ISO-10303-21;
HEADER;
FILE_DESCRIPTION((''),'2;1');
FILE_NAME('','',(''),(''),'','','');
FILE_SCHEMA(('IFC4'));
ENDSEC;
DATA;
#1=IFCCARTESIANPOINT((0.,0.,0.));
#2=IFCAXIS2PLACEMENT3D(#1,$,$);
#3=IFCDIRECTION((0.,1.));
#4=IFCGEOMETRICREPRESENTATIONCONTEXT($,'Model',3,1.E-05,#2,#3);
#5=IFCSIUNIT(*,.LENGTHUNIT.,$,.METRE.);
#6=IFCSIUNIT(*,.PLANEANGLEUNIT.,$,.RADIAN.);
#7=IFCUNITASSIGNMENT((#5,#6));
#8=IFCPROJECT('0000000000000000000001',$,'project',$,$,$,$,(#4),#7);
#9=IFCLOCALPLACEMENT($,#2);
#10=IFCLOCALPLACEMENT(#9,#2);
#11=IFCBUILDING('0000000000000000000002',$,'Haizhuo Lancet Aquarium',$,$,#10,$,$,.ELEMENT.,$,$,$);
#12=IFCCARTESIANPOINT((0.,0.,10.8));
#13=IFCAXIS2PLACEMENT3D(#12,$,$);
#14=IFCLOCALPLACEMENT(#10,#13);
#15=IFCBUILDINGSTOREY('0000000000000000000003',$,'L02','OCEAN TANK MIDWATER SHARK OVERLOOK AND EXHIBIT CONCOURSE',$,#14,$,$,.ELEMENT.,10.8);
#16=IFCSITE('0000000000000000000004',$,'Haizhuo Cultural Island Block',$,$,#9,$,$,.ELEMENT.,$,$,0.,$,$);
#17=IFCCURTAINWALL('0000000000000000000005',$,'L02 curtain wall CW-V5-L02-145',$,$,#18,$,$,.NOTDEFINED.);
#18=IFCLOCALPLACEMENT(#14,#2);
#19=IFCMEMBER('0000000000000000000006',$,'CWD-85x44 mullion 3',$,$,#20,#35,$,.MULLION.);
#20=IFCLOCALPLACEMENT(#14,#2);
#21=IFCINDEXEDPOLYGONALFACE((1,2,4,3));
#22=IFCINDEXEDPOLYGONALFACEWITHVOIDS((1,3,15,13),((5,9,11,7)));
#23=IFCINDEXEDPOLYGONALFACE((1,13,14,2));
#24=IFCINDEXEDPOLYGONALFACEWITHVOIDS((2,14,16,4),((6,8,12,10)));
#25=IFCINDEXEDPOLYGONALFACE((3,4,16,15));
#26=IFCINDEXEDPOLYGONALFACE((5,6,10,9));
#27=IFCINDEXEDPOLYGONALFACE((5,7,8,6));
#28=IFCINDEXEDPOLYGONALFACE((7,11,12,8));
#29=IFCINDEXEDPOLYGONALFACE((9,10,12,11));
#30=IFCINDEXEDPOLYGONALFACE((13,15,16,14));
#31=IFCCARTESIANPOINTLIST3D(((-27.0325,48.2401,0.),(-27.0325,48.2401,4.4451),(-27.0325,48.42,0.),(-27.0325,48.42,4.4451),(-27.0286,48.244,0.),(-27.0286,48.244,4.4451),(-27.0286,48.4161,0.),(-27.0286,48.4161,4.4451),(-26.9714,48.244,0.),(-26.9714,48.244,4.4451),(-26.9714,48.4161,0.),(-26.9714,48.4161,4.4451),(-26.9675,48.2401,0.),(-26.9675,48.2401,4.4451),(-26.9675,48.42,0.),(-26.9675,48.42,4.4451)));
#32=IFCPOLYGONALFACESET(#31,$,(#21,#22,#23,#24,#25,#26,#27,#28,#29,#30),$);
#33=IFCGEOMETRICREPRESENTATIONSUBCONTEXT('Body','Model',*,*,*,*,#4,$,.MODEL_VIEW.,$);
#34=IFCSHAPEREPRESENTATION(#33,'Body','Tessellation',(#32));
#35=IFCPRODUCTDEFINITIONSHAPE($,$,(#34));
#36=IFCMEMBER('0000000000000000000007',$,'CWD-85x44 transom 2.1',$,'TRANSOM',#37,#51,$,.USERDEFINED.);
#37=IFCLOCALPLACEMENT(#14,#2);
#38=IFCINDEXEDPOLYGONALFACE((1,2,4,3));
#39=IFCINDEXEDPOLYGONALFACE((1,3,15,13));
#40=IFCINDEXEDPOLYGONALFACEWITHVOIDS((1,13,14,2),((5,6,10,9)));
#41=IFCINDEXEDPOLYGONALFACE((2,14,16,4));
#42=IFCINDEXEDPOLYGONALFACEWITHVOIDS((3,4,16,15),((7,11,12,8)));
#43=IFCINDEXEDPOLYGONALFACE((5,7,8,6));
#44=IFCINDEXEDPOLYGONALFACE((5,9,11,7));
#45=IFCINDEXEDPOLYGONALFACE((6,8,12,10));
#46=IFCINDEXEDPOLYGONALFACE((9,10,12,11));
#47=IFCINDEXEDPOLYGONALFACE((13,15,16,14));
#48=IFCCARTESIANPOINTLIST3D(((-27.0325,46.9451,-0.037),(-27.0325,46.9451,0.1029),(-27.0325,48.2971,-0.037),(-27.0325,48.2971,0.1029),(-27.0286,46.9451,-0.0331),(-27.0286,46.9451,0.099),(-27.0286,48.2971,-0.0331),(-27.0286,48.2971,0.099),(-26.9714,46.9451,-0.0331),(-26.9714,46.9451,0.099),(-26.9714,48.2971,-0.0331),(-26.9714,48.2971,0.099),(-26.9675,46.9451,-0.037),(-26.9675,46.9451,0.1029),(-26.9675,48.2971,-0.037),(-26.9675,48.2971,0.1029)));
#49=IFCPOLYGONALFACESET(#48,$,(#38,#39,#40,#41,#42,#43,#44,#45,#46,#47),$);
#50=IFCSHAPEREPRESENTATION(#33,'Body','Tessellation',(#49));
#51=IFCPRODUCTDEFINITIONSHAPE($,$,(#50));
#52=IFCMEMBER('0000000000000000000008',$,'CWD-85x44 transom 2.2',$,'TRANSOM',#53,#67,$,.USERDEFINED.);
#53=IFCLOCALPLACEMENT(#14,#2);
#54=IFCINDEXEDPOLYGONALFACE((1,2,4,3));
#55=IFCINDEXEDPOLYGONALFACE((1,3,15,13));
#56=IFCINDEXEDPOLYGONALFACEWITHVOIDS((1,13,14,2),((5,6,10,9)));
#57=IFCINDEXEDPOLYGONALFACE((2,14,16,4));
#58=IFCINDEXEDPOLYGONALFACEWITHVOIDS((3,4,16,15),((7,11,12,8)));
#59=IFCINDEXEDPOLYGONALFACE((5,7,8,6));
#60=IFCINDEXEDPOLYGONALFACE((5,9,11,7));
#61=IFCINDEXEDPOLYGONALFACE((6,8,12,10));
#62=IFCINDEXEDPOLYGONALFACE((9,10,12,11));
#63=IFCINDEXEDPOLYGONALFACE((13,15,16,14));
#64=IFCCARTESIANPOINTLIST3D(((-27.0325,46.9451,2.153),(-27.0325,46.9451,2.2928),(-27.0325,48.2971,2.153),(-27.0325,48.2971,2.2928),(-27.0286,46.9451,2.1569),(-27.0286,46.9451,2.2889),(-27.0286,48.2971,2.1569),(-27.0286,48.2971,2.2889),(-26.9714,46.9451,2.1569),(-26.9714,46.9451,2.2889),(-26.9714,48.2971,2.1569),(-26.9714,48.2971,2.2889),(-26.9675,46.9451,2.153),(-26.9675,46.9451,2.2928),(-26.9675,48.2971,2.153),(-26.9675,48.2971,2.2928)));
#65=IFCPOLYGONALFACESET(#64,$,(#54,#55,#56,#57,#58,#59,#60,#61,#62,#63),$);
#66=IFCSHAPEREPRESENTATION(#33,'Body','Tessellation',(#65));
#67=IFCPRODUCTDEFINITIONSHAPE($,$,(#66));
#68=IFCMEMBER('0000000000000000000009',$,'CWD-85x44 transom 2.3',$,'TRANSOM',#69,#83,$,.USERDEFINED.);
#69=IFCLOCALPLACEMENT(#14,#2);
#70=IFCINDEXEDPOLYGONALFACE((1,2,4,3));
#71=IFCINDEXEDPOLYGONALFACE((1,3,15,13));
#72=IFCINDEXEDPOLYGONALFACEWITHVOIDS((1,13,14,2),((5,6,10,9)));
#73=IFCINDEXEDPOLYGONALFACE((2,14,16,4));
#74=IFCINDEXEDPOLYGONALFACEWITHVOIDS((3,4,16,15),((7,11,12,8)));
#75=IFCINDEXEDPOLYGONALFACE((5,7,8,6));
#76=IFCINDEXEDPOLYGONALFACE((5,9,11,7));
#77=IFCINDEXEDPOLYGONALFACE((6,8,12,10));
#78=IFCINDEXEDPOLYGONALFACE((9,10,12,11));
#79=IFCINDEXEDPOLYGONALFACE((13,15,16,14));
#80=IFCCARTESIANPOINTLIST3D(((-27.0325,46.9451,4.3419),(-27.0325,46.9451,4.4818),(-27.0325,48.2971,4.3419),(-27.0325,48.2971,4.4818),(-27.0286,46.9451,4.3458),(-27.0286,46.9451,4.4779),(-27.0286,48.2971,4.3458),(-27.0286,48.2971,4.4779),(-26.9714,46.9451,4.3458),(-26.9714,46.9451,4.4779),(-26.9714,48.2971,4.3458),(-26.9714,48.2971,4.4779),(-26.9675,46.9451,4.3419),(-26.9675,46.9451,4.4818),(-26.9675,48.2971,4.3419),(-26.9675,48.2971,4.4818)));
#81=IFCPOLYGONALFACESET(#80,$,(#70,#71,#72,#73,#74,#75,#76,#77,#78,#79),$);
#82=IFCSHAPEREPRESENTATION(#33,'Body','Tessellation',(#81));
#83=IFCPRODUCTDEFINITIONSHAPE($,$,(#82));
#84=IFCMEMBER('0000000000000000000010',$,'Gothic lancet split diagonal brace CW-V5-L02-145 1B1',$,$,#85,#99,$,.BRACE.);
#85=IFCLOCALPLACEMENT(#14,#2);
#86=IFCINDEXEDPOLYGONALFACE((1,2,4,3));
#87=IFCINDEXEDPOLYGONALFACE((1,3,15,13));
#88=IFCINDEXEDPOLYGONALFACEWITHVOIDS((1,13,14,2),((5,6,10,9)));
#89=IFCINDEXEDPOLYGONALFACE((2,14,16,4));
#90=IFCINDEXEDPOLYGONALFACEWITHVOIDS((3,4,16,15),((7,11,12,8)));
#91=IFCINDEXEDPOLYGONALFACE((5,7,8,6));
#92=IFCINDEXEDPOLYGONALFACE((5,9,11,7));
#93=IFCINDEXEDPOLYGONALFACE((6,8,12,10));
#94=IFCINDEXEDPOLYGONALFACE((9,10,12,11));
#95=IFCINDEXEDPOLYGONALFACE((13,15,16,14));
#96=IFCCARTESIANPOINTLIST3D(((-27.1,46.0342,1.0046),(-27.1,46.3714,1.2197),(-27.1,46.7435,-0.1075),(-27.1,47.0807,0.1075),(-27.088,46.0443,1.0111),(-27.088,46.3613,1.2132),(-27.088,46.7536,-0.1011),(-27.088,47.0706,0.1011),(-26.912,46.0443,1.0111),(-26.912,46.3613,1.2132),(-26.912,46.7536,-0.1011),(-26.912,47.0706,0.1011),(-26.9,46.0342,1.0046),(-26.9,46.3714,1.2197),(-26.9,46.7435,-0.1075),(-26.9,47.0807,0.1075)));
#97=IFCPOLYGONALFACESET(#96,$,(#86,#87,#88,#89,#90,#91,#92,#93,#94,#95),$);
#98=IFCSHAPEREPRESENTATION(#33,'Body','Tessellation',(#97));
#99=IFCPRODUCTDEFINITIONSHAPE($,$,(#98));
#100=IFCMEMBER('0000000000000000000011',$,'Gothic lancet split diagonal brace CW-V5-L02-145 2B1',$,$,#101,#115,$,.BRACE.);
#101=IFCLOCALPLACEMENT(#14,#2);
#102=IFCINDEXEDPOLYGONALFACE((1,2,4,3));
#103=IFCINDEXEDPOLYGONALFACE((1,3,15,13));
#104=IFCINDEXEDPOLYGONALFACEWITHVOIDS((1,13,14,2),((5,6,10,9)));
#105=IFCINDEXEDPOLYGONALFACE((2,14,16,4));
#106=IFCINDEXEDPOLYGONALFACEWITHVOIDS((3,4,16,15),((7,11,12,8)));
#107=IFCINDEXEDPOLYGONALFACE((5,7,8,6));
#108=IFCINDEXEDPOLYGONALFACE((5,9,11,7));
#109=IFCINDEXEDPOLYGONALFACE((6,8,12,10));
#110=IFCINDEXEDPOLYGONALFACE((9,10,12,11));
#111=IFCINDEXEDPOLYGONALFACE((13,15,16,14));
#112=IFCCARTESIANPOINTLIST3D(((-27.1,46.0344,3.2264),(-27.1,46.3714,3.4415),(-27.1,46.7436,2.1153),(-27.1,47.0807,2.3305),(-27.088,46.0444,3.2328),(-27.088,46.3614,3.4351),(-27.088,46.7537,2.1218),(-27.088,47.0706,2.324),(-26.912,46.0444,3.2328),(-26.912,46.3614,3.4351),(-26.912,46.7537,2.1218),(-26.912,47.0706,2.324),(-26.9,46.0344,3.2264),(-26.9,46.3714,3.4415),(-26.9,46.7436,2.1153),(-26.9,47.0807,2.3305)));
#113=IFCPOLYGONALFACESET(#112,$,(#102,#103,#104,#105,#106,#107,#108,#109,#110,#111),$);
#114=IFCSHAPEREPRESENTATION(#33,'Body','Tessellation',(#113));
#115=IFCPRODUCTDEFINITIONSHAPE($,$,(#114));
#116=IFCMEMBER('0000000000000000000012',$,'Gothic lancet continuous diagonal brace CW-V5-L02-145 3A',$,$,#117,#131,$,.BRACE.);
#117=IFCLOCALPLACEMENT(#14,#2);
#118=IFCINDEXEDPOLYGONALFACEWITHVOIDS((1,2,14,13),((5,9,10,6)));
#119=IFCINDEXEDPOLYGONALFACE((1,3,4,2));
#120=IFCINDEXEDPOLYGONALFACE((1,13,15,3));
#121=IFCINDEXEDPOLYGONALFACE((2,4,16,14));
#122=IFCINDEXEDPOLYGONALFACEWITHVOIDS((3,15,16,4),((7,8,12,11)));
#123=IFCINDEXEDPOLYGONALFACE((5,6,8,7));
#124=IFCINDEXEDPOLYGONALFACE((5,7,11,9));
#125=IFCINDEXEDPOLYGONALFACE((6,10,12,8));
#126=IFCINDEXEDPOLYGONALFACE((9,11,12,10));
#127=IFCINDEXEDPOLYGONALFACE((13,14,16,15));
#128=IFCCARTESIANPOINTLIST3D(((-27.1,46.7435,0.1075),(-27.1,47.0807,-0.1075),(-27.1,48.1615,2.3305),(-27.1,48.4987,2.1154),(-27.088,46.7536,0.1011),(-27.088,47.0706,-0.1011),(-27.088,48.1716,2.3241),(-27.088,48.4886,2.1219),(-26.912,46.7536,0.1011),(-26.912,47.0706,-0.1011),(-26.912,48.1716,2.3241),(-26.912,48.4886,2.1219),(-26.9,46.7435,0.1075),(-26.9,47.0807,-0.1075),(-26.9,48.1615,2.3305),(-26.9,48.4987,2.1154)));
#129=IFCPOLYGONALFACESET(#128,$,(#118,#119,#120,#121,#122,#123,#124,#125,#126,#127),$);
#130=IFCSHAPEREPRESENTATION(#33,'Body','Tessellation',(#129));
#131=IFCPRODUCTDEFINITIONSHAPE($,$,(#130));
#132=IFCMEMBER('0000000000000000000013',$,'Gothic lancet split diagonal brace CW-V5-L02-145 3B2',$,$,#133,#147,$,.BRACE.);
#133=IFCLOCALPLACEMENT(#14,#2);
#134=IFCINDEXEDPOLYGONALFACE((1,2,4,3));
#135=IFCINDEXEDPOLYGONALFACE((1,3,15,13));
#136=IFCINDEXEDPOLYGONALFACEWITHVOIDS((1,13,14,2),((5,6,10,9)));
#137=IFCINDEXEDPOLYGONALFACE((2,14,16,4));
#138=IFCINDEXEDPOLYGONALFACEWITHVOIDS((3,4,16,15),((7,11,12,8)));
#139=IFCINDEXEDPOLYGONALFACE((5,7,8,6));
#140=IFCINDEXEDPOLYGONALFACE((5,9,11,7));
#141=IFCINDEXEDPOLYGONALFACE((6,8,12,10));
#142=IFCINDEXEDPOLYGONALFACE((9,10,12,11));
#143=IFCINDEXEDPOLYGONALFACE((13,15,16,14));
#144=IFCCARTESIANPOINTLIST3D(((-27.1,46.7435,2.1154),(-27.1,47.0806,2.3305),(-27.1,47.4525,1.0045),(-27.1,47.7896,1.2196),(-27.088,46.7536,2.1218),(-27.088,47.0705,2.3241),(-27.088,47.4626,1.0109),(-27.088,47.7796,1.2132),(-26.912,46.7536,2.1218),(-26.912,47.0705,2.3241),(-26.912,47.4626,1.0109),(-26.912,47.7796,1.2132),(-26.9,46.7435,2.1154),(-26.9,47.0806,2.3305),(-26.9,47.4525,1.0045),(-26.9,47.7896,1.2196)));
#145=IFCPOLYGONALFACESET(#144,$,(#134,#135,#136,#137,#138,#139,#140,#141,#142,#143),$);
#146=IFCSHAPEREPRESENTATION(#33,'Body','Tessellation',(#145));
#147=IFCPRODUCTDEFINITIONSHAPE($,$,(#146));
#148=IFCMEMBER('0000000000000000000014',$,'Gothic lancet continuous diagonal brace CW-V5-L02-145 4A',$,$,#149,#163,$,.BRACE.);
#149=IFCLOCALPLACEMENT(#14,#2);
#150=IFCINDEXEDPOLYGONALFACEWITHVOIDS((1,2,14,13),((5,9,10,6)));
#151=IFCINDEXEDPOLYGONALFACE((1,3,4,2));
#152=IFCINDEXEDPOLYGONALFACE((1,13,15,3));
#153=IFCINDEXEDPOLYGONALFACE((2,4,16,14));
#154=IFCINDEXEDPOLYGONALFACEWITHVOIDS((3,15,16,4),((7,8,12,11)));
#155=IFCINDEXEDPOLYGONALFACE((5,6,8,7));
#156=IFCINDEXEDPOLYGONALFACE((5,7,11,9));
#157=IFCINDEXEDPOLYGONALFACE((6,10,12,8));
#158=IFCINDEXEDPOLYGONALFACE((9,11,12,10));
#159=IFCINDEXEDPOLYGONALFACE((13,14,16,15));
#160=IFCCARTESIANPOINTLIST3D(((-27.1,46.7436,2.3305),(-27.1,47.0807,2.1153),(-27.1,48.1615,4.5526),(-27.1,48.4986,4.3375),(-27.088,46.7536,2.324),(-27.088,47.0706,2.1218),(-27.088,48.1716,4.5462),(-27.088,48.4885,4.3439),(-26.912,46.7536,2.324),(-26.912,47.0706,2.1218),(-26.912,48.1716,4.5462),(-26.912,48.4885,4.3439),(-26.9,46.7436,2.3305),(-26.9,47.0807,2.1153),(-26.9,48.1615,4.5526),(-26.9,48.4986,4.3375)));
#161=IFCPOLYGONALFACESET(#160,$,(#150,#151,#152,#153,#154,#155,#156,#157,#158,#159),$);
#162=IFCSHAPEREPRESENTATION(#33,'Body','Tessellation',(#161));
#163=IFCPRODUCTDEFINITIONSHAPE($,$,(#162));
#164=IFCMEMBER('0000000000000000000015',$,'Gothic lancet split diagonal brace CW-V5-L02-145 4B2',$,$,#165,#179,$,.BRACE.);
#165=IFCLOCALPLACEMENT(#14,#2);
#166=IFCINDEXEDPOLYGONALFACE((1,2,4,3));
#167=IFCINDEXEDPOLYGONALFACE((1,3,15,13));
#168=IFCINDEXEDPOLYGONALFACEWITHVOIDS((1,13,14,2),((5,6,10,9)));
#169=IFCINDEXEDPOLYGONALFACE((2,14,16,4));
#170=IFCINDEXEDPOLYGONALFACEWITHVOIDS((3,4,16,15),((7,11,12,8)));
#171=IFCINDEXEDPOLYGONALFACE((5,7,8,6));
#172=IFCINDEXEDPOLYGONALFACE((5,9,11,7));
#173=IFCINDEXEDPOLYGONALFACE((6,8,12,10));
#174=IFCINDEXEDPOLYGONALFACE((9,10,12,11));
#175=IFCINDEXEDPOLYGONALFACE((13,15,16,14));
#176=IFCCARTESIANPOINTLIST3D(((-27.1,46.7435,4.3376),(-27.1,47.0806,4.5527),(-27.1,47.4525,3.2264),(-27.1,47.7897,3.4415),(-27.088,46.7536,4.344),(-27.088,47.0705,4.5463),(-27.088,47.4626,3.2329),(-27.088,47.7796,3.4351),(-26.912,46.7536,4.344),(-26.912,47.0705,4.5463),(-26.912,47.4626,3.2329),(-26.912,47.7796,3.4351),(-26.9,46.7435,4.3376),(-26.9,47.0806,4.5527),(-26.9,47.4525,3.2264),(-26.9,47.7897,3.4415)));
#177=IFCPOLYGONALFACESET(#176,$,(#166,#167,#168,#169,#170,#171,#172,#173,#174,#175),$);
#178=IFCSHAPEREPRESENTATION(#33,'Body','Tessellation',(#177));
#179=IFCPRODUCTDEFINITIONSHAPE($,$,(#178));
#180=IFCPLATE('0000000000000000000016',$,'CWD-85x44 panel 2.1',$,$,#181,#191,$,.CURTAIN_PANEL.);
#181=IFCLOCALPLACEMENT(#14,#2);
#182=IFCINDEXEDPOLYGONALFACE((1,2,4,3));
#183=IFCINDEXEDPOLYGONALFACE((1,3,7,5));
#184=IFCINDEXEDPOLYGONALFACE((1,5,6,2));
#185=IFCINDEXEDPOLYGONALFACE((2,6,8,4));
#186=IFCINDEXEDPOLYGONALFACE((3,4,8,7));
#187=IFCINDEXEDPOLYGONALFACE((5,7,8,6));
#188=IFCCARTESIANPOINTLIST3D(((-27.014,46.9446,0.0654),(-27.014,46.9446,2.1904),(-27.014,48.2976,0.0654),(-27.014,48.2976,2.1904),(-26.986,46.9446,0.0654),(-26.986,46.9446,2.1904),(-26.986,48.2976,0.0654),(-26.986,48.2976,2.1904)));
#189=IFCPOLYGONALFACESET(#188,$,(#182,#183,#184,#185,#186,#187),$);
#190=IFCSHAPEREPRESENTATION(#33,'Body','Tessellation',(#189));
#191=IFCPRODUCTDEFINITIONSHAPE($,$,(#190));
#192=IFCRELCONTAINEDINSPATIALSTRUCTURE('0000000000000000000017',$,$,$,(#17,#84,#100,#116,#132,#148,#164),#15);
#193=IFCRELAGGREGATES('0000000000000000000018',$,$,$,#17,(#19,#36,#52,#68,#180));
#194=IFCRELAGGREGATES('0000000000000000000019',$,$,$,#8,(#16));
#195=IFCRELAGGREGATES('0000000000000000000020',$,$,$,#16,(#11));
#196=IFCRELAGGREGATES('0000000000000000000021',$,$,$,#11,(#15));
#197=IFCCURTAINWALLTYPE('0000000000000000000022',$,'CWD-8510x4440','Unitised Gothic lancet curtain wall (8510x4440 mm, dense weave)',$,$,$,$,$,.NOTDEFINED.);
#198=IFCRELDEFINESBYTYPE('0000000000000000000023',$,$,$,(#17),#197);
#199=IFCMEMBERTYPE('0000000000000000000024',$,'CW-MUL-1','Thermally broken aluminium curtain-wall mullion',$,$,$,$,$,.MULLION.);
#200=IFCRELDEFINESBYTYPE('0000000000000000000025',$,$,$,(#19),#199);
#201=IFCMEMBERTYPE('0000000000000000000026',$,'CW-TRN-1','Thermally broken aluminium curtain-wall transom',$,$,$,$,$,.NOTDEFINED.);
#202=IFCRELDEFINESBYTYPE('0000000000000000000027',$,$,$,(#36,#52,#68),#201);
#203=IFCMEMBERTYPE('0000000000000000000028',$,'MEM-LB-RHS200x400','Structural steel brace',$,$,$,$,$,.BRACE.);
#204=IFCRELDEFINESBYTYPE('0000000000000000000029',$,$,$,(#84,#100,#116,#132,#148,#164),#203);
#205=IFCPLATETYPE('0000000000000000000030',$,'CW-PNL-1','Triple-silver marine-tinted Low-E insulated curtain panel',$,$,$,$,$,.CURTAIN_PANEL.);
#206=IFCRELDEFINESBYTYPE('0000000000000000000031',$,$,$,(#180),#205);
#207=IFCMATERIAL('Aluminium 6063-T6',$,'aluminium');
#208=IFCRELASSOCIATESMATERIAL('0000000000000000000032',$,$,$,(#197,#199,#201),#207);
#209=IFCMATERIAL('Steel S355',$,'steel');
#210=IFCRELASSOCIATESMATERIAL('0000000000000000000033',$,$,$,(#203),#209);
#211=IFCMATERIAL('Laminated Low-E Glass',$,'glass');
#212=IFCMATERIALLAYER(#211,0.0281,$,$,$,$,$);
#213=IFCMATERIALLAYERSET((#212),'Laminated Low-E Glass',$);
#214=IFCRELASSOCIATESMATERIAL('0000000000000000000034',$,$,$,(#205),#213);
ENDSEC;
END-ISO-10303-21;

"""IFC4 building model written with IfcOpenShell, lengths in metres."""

from ifc_helpers import new_model, si_unit, direction, frame, origin, origin_2d, place, context, subcontext, project, spatial, rectangle, hollow_rectangle, extrude, material, layer, layer_set, material_profile, profile_set, type_object, element, aggregate, save


model = new_model("IFC4")

# Units and contexts
model_context = context("Model", 3, precision=1e-05, world=origin(), true_north=direction((0.0, 1.0)))
body_context = subcontext(model_context, "Body", "Model", "MODEL_VIEW")
ifc_project = project(units=[si_unit("LENGTHUNIT", "METRE"), si_unit("PLANEANGLEUNIT", "RADIAN")], contexts=[model_context])

# Site, building, storey
site_placement = place(None, origin())
site = spatial("IfcSite", under=ifc_project, at=site_placement, Name="Haizhuo Cultural Island Block", CompositionType="ELEMENT", RefElevation=0.0)
building_placement = place(site_placement, origin())
building = spatial("IfcBuilding", under=site, at=building_placement, Name="Haizhuo Lancet Aquarium", CompositionType="ELEMENT")
storey_placement = place(building_placement, frame((0.0, 0.0, 10.8)))
storey = spatial("IfcBuildingStorey", under=building, at=storey_placement, Name="L02", Description="OCEAN TANK MIDWATER SHARK OVERLOOK AND EXHIBIT CONCOURSE", CompositionType="ELEMENT", Elevation=10.8)

# Curtain wall, members
ifc_material_1 = material(Name="Aluminium 6063-T6", Category="aluminium")
curtain_wall_type = type_object("IfcCurtainWallType", Name="CWD-8510x4440", Description="Unitised Gothic lancet curtain wall (8510x4440 mm, dense weave)", PredefinedType="NOTDEFINED", material=ifc_material_1)
curtain_wall_placement = place(storey_placement, origin())
curtain_wall = element("IfcCurtainWall", 1, at=curtain_wall_placement, inside=storey, type_object=curtain_wall_type, Name="L02 curtain wall CW-V5-L02-145", PredefinedType="NOTDEFINED")
ifc_material_profile_1 = material_profile(ifc_material_1, hollow_rectangle(XDim=0.0649, YDim=0.1799, WallThickness=0.0039, at=origin_2d()), Name="ALU-M 65x180x4")
ifc_profile_set_1 = profile_set([ifc_material_profile_1], Name="Aluminium 6063-T6")
member_type_1 = type_object("IfcMemberType", Name="CW-MUL-1", Description="Thermally broken aluminium curtain-wall mullion", PredefinedType="MULLION", material=ifc_profile_set_1)
member_1_placement = place(storey_placement, frame((-27.0, 48.3301, 0.0), z_axis=(0.0, 0.0, 1.0), x_axis=(-1.0, 0.0, 0.0)))
member_1 = element("IfcMember", 2, at=member_1_placement, type_object=member_type_1, Name="CWD-85x44 mullion 3", PredefinedType="MULLION", context=body_context, shape_type="SweptSolid", body=[
    extrude(hollow_rectangle(XDim=0.0649, YDim=0.1799, WallThickness=0.0039, at=origin_2d()), origin(), (0.0, 0.0, 1.0), 4.4451),
])
ifc_material_profile_2 = material_profile(ifc_material_1, hollow_rectangle(XDim=0.0649, YDim=0.1399, WallThickness=0.0039, at=origin_2d()), Name="ALU-T 65x140x4")
ifc_profile_set_2 = profile_set([ifc_material_profile_2], Name="Aluminium 6063-T6")
member_type_2 = type_object("IfcMemberType", Name="CW-TRN-1", Description="Thermally broken aluminium curtain-wall transom", PredefinedType="NOTDEFINED", material=ifc_profile_set_2)
member_2_placement = place(storey_placement, frame((-27.0, 46.9451, 0.033), z_axis=(0.0, 1.0, 0.0), x_axis=(-1.0, 0.0, 0.0)))
member_2 = element("IfcMember", 3, at=member_2_placement, type_object=member_type_2, Name="CWD-85x44 transom 2.1", ObjectType="TRANSOM", PredefinedType="USERDEFINED", context=body_context, shape_type="SweptSolid", body=[
    extrude(hollow_rectangle(XDim=0.0649, YDim=0.1399, WallThickness=0.0039, at=origin_2d()), origin(), (0.0, 0.0, 1.0), 1.3521),
])
member_3_placement = place(storey_placement, frame((-27.0, 46.9451, 2.2229), z_axis=(0.0, 1.0, 0.0), x_axis=(-1.0, 0.0, 0.0)))
member_3 = element("IfcMember", 4, at=member_3_placement, type_object=member_type_2, Name="CWD-85x44 transom 2.2", ObjectType="TRANSOM", PredefinedType="USERDEFINED", context=body_context, shape_type="SweptSolid", body=[
    extrude(hollow_rectangle(XDim=0.0649, YDim=0.1399, WallThickness=0.0039, at=origin_2d()), origin(), (0.0, 0.0, 1.0), 1.3521),
])
member_4_placement = place(storey_placement, frame((-27.0, 46.9451, 4.4119), z_axis=(0.0, 1.0, 0.0), x_axis=(-1.0, 0.0, 0.0)))
member_4 = element("IfcMember", 5, at=member_4_placement, type_object=member_type_2, Name="CWD-85x44 transom 2.3", ObjectType="TRANSOM", PredefinedType="USERDEFINED", context=body_context, shape_type="SweptSolid", body=[
    extrude(hollow_rectangle(XDim=0.0649, YDim=0.1399, WallThickness=0.0039, at=origin_2d()), origin(), (0.0, 0.0, 1.0), 1.3521),
])

# Members
ifc_material_2 = material(Name="Steel S355", Category="steel")
ifc_material_profile_3 = material_profile(ifc_material_2, hollow_rectangle(XDim=0.2, YDim=0.3999, WallThickness=0.012, at=origin_2d()), Name="RHS 200x400x12")
ifc_profile_set_3 = profile_set([ifc_material_profile_3], Name="Steel S355")
member_type_3 = type_object("IfcMemberType", Name="MEM-LB-RHS200x400", Description="Structural steel brace", PredefinedType="BRACE", material=ifc_profile_set_3)
member_5_placement = place(storey_placement, frame((-27.0, 46.9121, 0.0), z_axis=(0.0, -0.537714, 0.843128), x_axis=(1.0, 0.0, 0.0)))
element("IfcMember", 6, at=member_5_placement, inside=storey, type_object=member_type_3, Name="Gothic lancet split diagonal brace CW-V5-L02-145 1B1", PredefinedType="BRACE", context=body_context, shape_type="SweptSolid", body=[
    extrude(hollow_rectangle(XDim=0.2, YDim=0.3999, WallThickness=0.012, at=origin_2d()), origin(), (0.0, 0.0, 1.0), 1.3191),
])
member_6_placement = place(storey_placement, frame((-27.0, 46.9121, 2.2229), z_axis=(0.0, -0.538049, 0.842913), x_axis=(1.0, 0.0, 0.0)))
element("IfcMember", 7, at=member_6_placement, inside=storey, type_object=member_type_3, Name="Gothic lancet split diagonal brace CW-V5-L02-145 2B1", PredefinedType="BRACE", context=body_context, shape_type="SweptSolid", body=[
    extrude(hollow_rectangle(XDim=0.2, YDim=0.3999, WallThickness=0.012, at=origin_2d()), origin(), (0.0, 0.0, 1.0), 1.3181),
])
member_7_placement = place(storey_placement, frame((-27.0, 46.9121, 0.0), z_axis=(0.0, 0.537792, 0.843078), x_axis=(-1.0, 0.0, 0.0)))
element("IfcMember", 8, at=member_7_placement, inside=storey, type_object=member_type_3, Name="Gothic lancet continuous diagonal brace CW-V5-L02-145 3A", PredefinedType="BRACE", context=body_context, shape_type="SweptSolid", body=[
    extrude(hollow_rectangle(XDim=0.2, YDim=0.3999, WallThickness=0.012, at=origin_2d()), origin(), (0.0, 0.0, 1.0), 2.6367),
])
member_8_placement = place(storey_placement, frame((-27.0, 47.6211, 1.1121), z_axis=(0.0, -0.538002, 0.842944), x_axis=(1.0, 0.0, 0.0)))
element("IfcMember", 9, at=member_8_placement, inside=storey, type_object=member_type_3, Name="Gothic lancet split diagonal brace CW-V5-L02-145 3B2", PredefinedType="BRACE", context=body_context, shape_type="SweptSolid", body=[
    extrude(hollow_rectangle(XDim=0.2, YDim=0.3999, WallThickness=0.012, at=origin_2d()), origin(), (0.0, 0.0, 1.0), 1.3179),
])
member_9_placement = place(storey_placement, frame((-27.0, 46.9121, 2.2229), z_axis=(0.0, 0.537918, 0.842997), x_axis=(-1.0, 0.0, 0.0)))
element("IfcMember", 10, at=member_9_placement, inside=storey, type_object=member_type_3, Name="Gothic lancet continuous diagonal brace CW-V5-L02-145 4A", PredefinedType="BRACE", context=body_context, shape_type="SweptSolid", body=[
    extrude(hollow_rectangle(XDim=0.2, YDim=0.3999, WallThickness=0.012, at=origin_2d()), origin(), (0.0, 0.0, 1.0), 2.636),
])
member_10_placement = place(storey_placement, frame((-27.0, 47.6211, 3.334), z_axis=(0.0, -0.537918, 0.842997), x_axis=(1.0, 0.0, 0.0)))
element("IfcMember", 11, at=member_10_placement, inside=storey, type_object=member_type_3, Name="Gothic lancet split diagonal brace CW-V5-L02-145 4B2", PredefinedType="BRACE", context=body_context, shape_type="SweptSolid", body=[
    extrude(hollow_rectangle(XDim=0.2, YDim=0.3999, WallThickness=0.012, at=origin_2d()), origin(), (0.0, 0.0, 1.0), 1.3181),
])

# Plate
ifc_material_3 = material(Name="Laminated Low-E Glass", Category="glass")
ifc_layer_1 = layer(ifc_material_3, 0.0281)
ifc_layer_set_1 = layer_set([ifc_layer_1], Name="Laminated Low-E Glass")
plate_type = type_object("IfcPlateType", Name="CW-PNL-1", Description="Triple-silver marine-tinted Low-E insulated curtain panel", PredefinedType="CURTAIN_PANEL", material=ifc_layer_set_1)
plate_1_placement = place(storey_placement, frame((-27.0, 47.6211, 0.0654), z_axis=(0.0, 0.0, 1.0), x_axis=(0.0, 1.0, 0.0)))
plate_1 = element("IfcPlate", 12, at=plate_1_placement, type_object=plate_type, Name="CWD-85x44 panel 2.1", PredefinedType="CURTAIN_PANEL", context=body_context, shape_type="SweptSolid", body=[
    extrude(rectangle(XDim=1.353, YDim=0.0281, at=origin_2d()), origin(), (0.0, 0.0, 1.0), 2.125),
])
aggregate(curtain_wall, [member_1, member_2, member_3, member_4, plate_1])

save(model, "model.ifc")
